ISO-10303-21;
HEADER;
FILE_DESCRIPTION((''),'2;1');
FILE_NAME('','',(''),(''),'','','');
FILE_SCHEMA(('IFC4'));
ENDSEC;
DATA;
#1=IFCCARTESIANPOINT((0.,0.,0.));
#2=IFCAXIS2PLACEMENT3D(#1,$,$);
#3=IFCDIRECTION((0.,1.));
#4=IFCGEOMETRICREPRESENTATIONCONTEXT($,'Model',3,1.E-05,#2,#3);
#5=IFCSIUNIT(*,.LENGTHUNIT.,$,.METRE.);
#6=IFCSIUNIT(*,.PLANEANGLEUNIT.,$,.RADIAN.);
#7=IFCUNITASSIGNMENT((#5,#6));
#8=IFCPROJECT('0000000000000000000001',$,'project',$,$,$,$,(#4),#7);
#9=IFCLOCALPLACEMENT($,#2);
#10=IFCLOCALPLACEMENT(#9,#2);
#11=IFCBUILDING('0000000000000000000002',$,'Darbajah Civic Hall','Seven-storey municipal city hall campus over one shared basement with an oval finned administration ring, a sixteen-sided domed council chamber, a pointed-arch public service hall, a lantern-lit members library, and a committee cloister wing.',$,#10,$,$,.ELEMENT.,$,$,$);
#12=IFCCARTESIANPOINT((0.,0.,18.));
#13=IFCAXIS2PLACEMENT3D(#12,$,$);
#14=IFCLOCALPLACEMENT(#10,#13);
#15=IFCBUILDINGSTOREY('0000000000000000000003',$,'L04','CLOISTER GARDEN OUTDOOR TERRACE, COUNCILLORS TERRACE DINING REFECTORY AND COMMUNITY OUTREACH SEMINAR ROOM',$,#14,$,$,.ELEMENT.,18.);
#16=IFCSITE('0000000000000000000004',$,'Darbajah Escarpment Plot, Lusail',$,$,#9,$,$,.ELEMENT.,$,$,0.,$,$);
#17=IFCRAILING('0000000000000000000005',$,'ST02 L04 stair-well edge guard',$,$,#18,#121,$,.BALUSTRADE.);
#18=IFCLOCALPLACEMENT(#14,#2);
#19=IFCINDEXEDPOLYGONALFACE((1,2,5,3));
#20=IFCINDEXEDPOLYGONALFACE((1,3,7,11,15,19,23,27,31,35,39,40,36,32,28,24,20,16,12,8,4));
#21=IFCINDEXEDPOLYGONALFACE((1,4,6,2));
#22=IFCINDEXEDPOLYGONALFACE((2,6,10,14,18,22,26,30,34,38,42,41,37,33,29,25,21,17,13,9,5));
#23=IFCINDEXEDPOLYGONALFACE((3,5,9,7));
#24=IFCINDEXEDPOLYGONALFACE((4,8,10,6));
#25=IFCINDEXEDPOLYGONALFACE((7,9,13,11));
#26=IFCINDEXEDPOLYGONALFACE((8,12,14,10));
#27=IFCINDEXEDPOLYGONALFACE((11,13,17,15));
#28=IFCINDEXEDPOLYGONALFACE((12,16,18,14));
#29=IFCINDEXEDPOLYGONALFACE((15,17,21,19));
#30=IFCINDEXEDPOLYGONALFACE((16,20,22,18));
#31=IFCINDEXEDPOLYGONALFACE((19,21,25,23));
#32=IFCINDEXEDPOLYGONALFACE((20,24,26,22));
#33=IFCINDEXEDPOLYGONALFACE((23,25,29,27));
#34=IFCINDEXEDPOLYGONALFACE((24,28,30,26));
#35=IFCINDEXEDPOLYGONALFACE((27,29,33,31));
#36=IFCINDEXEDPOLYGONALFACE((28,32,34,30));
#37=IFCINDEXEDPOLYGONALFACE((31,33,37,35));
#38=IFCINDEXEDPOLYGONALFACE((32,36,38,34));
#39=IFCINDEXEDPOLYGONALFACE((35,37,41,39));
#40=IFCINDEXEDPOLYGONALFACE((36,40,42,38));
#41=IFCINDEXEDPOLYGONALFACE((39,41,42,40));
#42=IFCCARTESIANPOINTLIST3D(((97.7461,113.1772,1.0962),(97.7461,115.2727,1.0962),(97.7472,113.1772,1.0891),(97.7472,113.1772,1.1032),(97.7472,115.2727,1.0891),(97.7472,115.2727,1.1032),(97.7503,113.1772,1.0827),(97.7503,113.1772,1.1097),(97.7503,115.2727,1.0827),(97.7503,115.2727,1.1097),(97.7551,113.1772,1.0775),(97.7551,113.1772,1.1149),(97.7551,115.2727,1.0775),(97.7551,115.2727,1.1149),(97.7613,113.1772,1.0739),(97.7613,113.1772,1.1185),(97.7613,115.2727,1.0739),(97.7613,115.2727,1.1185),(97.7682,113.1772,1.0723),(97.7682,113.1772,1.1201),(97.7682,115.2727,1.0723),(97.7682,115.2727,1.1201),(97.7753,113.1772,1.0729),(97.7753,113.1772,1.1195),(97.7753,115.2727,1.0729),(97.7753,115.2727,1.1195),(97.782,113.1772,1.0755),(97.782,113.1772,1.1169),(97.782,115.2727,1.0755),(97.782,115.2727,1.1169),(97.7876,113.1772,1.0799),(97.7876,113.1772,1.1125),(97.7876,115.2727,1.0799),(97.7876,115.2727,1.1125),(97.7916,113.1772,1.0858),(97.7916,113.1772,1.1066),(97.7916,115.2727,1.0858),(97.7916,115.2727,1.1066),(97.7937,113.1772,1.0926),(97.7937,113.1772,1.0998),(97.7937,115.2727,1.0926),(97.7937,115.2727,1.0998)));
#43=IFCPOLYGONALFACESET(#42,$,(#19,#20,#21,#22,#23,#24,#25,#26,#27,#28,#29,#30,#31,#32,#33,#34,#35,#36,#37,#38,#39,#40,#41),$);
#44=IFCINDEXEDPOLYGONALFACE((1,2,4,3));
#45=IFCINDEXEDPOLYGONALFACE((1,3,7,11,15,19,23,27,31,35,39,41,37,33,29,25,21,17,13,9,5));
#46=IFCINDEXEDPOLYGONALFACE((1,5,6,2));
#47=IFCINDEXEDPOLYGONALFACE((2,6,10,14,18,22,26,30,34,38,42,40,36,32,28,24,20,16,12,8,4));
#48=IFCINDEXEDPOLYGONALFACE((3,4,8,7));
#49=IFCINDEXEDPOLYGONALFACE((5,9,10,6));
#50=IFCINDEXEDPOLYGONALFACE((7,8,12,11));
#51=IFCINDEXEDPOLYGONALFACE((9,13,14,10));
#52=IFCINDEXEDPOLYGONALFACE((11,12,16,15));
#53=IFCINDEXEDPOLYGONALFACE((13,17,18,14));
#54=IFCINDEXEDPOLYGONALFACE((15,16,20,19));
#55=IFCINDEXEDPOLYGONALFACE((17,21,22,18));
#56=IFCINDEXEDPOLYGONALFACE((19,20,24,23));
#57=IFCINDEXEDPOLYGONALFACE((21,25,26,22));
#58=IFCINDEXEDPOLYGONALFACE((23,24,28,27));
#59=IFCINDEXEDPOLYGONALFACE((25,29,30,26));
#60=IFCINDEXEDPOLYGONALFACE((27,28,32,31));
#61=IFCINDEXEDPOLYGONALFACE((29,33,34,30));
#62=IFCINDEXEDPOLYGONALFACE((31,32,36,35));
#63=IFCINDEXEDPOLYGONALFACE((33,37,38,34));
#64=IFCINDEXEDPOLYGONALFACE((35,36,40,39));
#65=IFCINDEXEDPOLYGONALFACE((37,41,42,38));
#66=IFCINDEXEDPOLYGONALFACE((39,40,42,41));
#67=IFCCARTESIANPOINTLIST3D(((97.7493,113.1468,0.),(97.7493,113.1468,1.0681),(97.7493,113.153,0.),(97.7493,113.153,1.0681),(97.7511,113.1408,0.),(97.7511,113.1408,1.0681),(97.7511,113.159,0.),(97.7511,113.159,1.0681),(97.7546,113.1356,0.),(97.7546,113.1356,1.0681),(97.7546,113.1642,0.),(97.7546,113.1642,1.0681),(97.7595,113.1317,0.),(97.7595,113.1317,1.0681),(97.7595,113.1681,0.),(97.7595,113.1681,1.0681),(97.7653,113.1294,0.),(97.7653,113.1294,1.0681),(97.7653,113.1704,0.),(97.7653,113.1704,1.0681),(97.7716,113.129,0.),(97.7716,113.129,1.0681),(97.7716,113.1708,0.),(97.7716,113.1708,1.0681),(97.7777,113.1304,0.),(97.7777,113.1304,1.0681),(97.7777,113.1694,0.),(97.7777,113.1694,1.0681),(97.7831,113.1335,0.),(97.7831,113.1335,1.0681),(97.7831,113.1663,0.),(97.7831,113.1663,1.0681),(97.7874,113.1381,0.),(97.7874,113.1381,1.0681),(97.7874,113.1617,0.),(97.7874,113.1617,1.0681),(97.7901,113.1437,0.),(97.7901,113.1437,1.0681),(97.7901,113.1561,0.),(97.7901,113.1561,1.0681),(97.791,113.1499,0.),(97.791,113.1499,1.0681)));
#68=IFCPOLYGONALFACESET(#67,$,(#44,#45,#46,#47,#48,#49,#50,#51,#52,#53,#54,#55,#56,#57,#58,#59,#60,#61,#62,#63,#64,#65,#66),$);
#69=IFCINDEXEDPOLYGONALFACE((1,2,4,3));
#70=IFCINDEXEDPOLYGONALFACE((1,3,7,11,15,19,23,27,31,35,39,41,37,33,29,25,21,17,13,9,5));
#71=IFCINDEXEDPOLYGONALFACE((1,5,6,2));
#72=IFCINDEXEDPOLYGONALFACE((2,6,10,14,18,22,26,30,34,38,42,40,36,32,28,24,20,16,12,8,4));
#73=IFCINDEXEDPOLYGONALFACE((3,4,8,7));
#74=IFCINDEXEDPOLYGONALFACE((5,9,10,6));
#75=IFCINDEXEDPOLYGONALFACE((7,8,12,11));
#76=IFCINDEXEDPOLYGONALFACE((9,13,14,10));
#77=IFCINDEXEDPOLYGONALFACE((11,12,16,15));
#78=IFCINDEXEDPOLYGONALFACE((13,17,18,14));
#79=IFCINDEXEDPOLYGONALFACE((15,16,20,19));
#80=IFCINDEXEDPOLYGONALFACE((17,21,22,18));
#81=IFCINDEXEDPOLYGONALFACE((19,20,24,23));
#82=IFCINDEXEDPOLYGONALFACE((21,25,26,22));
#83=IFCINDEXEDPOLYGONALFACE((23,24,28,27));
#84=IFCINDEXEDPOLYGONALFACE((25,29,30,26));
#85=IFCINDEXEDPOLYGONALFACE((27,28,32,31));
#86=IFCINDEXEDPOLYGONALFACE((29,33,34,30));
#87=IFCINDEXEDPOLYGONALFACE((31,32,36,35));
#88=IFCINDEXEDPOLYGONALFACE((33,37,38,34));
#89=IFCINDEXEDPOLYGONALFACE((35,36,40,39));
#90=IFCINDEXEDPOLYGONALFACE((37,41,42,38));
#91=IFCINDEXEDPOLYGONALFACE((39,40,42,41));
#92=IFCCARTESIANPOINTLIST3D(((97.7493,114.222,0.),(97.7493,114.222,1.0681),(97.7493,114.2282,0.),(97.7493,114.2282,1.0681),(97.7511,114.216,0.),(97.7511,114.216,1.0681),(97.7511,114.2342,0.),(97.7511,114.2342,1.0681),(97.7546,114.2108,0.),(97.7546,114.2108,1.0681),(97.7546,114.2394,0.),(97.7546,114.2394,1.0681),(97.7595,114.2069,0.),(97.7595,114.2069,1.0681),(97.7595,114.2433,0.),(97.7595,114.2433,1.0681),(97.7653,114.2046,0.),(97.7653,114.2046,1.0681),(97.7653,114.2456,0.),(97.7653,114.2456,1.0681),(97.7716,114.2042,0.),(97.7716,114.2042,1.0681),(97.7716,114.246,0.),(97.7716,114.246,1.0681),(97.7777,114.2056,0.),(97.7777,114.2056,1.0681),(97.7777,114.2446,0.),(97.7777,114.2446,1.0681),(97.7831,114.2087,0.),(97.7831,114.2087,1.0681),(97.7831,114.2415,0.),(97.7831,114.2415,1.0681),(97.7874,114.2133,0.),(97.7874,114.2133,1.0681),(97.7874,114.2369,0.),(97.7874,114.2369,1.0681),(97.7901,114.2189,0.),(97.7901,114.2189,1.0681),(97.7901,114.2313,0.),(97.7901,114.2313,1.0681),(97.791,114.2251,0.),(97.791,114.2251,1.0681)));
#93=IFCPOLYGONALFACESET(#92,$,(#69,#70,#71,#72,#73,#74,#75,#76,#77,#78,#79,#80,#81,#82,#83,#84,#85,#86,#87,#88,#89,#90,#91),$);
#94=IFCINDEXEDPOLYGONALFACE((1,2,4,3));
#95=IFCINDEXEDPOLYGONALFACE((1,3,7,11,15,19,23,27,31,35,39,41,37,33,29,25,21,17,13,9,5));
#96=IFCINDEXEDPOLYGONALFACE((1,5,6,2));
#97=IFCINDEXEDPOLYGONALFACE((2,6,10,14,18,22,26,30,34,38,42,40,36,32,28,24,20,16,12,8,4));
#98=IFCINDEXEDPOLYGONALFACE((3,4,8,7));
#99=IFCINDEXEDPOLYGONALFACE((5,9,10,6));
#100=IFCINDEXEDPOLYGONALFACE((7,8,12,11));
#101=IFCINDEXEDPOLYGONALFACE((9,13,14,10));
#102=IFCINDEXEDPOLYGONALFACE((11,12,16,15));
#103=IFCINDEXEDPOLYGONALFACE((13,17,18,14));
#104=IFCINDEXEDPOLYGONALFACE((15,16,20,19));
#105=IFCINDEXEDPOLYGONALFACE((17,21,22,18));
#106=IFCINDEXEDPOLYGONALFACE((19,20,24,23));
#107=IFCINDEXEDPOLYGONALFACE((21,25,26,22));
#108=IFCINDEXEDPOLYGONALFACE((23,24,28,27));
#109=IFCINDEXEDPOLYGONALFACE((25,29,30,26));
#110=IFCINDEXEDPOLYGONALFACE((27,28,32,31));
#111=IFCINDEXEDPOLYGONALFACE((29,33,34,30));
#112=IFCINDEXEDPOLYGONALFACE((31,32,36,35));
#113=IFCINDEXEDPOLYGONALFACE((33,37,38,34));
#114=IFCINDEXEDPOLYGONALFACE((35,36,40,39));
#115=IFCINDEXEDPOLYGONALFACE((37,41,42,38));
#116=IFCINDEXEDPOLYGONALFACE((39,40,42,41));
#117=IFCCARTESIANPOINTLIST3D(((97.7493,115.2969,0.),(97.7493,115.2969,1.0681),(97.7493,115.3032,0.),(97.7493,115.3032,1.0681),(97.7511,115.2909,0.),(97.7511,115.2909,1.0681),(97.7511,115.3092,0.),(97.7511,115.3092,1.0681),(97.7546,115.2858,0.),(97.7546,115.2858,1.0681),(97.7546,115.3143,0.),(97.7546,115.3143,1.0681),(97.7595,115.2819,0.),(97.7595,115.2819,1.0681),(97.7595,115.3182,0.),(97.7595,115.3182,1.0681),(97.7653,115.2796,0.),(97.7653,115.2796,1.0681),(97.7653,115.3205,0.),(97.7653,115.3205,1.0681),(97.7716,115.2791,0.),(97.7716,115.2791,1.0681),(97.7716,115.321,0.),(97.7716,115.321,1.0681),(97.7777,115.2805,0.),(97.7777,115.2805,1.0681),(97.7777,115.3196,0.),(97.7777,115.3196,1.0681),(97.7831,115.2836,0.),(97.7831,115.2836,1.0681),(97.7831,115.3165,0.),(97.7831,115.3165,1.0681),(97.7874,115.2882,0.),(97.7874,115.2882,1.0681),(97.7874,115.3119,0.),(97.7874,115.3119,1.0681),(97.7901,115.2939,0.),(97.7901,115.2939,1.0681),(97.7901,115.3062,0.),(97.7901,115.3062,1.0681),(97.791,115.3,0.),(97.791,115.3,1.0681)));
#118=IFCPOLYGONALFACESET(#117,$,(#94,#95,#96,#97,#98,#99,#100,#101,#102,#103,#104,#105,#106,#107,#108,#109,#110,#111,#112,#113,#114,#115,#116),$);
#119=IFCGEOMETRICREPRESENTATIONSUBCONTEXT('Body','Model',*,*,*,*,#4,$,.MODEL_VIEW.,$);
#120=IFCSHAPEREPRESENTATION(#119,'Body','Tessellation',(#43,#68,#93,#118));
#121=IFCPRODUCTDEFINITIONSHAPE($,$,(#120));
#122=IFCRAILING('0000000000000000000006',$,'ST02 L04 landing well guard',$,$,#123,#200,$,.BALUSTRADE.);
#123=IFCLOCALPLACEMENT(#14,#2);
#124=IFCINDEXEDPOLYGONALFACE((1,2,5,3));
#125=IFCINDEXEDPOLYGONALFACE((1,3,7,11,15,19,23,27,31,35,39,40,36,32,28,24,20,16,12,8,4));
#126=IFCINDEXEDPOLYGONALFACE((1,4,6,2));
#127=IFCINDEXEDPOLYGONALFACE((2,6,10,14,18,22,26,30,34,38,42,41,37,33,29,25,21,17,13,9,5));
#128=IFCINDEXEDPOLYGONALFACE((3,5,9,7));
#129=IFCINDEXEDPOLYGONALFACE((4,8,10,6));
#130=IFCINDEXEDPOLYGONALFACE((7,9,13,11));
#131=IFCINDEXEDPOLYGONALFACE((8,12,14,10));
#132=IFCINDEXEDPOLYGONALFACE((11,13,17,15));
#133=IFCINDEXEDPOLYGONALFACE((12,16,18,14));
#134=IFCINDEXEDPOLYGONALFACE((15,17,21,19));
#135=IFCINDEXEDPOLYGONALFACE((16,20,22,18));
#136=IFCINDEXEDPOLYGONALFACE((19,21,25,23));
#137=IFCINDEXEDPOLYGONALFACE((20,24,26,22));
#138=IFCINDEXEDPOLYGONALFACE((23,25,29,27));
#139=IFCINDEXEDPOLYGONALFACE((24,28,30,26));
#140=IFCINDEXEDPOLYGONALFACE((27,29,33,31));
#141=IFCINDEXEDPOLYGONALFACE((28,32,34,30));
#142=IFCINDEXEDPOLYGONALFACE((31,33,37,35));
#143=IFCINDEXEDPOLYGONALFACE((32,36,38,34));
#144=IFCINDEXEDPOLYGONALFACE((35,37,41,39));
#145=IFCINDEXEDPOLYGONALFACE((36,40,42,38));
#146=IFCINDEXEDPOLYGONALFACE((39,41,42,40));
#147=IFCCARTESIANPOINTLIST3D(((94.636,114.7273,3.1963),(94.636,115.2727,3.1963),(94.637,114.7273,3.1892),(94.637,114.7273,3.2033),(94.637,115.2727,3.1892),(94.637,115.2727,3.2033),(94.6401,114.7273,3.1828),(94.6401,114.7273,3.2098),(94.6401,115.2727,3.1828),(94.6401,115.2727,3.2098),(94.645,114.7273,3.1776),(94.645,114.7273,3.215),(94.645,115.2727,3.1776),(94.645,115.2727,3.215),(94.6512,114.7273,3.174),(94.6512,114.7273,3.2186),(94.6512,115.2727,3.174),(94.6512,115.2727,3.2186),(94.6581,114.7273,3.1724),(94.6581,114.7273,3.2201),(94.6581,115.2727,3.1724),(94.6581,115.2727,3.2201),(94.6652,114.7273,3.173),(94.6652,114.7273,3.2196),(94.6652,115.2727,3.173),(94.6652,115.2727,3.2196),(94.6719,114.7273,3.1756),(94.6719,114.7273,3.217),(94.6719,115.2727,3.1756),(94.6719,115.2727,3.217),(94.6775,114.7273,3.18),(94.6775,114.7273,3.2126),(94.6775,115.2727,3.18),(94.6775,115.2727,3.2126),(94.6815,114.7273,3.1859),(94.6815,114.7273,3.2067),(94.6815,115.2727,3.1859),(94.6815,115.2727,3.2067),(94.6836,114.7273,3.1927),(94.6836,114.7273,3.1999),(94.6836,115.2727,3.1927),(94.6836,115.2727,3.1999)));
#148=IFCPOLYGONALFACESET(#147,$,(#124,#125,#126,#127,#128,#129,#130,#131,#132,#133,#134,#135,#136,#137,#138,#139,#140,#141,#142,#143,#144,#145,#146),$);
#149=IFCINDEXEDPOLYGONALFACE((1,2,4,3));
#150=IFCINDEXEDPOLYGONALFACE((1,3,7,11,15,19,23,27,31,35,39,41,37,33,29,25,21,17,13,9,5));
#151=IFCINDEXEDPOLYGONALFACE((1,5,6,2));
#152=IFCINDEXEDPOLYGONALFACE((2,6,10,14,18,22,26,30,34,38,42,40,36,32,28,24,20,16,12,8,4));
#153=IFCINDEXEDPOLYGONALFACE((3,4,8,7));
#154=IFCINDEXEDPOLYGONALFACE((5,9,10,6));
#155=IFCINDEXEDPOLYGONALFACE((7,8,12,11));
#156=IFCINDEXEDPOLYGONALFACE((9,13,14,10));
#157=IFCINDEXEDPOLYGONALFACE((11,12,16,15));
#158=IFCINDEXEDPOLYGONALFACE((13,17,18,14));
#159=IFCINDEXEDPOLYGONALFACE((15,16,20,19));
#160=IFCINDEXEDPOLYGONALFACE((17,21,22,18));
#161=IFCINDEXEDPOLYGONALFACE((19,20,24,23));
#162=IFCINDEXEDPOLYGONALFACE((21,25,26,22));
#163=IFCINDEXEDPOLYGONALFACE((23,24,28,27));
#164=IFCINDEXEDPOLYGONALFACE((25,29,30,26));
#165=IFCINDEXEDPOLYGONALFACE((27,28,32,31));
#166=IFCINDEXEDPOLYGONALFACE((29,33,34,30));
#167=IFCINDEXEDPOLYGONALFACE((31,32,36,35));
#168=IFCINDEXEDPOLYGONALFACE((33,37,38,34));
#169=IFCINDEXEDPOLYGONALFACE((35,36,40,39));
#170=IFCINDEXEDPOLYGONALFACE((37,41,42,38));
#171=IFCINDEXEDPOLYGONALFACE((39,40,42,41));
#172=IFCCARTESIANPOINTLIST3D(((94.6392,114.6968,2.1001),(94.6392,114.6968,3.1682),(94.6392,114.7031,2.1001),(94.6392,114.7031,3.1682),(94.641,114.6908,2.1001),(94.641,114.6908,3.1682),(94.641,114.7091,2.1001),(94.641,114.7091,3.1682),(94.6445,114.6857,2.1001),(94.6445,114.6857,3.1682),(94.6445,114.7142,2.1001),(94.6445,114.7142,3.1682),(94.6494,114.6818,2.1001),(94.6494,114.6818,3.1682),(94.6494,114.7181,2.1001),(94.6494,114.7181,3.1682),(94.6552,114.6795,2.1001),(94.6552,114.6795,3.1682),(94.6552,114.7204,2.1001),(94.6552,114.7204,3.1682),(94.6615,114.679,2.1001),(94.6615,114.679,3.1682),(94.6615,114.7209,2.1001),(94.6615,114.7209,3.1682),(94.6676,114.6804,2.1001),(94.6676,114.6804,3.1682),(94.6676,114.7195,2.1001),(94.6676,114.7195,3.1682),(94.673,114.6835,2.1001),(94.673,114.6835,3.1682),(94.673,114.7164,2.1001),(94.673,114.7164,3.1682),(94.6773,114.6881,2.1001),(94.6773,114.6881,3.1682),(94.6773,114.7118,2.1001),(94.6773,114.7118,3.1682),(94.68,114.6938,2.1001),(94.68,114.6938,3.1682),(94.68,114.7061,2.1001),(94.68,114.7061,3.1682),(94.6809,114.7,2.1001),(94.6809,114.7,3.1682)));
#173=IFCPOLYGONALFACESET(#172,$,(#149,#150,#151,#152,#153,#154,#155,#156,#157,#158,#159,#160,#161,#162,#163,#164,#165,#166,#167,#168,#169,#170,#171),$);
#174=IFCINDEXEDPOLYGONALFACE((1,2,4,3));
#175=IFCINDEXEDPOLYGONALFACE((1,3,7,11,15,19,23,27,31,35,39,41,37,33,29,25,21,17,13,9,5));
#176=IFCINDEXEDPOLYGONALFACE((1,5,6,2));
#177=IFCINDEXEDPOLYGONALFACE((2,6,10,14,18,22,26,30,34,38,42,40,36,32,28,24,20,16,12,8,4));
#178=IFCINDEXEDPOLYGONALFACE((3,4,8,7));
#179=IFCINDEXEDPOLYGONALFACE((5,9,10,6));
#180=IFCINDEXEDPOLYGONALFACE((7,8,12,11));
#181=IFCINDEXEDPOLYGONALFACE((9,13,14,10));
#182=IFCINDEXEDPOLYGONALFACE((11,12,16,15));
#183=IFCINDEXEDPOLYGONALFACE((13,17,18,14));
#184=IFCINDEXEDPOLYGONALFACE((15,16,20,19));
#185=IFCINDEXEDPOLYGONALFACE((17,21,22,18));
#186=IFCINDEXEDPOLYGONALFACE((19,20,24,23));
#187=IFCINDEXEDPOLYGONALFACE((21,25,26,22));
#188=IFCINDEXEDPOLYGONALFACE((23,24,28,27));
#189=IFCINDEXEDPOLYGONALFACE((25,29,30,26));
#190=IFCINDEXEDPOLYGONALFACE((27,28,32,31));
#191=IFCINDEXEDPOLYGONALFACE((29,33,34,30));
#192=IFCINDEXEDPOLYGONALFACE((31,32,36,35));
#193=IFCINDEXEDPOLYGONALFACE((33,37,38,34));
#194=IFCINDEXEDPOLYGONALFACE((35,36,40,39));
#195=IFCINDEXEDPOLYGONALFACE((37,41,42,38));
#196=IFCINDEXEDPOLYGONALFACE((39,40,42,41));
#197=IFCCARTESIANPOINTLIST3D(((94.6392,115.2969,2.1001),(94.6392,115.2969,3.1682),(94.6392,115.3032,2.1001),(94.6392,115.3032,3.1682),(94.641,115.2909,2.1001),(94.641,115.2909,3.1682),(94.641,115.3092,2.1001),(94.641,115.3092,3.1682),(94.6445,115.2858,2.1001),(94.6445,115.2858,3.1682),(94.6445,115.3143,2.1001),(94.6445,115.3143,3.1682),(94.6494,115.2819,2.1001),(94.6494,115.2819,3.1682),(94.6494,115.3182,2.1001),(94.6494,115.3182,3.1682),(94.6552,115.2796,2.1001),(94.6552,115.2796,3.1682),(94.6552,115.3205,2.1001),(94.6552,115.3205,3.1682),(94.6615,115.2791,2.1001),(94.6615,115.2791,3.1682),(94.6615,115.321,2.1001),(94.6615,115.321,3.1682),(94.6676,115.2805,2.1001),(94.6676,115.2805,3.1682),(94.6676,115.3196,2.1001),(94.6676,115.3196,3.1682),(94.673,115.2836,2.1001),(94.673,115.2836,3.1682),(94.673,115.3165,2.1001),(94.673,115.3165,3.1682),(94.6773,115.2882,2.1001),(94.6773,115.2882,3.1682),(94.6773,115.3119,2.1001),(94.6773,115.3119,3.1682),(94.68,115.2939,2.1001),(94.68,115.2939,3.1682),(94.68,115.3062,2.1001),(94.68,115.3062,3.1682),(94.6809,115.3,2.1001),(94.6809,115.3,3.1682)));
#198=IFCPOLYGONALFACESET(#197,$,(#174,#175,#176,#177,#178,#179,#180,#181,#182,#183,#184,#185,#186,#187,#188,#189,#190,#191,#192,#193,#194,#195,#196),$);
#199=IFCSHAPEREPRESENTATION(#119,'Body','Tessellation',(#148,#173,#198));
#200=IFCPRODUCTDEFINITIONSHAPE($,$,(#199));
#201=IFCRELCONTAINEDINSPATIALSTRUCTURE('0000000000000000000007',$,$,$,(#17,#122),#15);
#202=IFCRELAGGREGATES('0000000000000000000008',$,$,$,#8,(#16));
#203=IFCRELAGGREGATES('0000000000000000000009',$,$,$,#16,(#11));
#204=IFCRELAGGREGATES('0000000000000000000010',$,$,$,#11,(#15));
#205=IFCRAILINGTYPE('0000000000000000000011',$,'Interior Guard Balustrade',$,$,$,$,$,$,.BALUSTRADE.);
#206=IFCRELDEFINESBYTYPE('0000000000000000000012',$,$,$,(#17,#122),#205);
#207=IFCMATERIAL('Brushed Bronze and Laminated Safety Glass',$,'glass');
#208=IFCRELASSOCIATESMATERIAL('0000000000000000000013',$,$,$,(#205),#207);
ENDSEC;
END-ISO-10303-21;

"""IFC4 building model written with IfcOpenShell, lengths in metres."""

from ifc_helpers import new_model, si_unit, direction, frame, origin, origin_2d, place, context, subcontext, project, spatial, circle, extrude, material, type_object, element, save


model = new_model("IFC4")

# Units and contexts
model_context = context("Model", 3, precision=1e-05, world=origin(), true_north=direction((0.0, 1.0)))
body_context = subcontext(model_context, "Body", "Model", "MODEL_VIEW")
ifc_project = project(units=[si_unit("LENGTHUNIT", "METRE"), si_unit("PLANEANGLEUNIT", "RADIAN")], contexts=[model_context])

# Site, building, storey
site_placement = place(None, origin())
site = spatial("IfcSite", under=ifc_project, at=site_placement, Name="Darbajah Escarpment Plot, Lusail", CompositionType="ELEMENT", RefElevation=0.0)
building_placement = place(site_placement, origin())
building = spatial("IfcBuilding", under=site, at=building_placement, Name="Darbajah Civic Hall", Description="Seven-storey municipal city hall campus over one shared basement with an oval finned administration ring, a sixteen-sided domed council chamber, a pointed-arch public service hall, a lantern-lit members library, and a committee cloister wing.", CompositionType="ELEMENT")
storey_placement = place(building_placement, frame((0.0, 0.0, 18.0)))
storey = spatial("IfcBuildingStorey", under=building, at=storey_placement, Name="L04", Description="CLOISTER GARDEN OUTDOOR TERRACE, COUNCILLORS TERRACE DINING REFECTORY AND COMMUNITY OUTREACH SEMINAR ROOM", CompositionType="ELEMENT", Elevation=18.0)

# Railings
ifc_material_1 = material(Name="Brushed Bronze and Laminated Safety Glass", Category="glass")
railing_type_1 = type_object("IfcRailingType", Name="Interior Guard Balustrade", PredefinedType="BALUSTRADE", material=ifc_material_1)
railing_1_placement = place(storey_placement, frame((97.77, 113.1499, 0.0)))
element("IfcRailing", 1, at=railing_1_placement, inside=storey, type_object=railing_type_1, Name="ST02 L04 stair-well edge guard", PredefinedType="BALUSTRADE", context=body_context, shape_type="SweptSolid", body=[
    extrude(circle(Radius=0.0239, at=origin_2d()), frame((0.0, 0.0273, 1.0962), z_axis=(0.0, 1.0, 0.0), x_axis=(-1.0, 0.0, 0.0)), (0.0, 0.0, 1.0), 2.0955),
    extrude(circle(Radius=0.021, at=origin_2d()), origin(), (0.0, 0.0, 1.0), 1.0681),
    extrude(circle(Radius=0.021, at=origin_2d()), frame((0.0, 1.0752, 0.0)), (0.0, 0.0, 1.0), 1.0681),
    extrude(circle(Radius=0.021, at=origin_2d()), frame((0.0, 2.1501, 0.0)), (0.0, 0.0, 1.0), 1.0681),
])
railing_2_placement = place(storey_placement, frame((94.6599, 114.7, 2.1001)))
element("IfcRailing", 2, at=railing_2_placement, inside=storey, type_object=railing_type_1, Name="ST02 L04 landing well guard", PredefinedType="BALUSTRADE", context=body_context, shape_type="SweptSolid", body=[
    extrude(circle(Radius=0.0239, at=origin_2d()), frame((0.0, 0.0273, 1.0962), z_axis=(0.0, 1.0, 0.0), x_axis=(-1.0, 0.0, 0.0)), (0.0, 0.0, 1.0), 0.5454),
    extrude(circle(Radius=0.021, at=origin_2d()), origin(), (0.0, 0.0, 1.0), 1.0681),
    extrude(circle(Radius=0.021, at=origin_2d()), frame((0.0, 0.6001, 0.0)), (0.0, 0.0, 1.0), 1.0681),
])

save(model, "model.ifc")
